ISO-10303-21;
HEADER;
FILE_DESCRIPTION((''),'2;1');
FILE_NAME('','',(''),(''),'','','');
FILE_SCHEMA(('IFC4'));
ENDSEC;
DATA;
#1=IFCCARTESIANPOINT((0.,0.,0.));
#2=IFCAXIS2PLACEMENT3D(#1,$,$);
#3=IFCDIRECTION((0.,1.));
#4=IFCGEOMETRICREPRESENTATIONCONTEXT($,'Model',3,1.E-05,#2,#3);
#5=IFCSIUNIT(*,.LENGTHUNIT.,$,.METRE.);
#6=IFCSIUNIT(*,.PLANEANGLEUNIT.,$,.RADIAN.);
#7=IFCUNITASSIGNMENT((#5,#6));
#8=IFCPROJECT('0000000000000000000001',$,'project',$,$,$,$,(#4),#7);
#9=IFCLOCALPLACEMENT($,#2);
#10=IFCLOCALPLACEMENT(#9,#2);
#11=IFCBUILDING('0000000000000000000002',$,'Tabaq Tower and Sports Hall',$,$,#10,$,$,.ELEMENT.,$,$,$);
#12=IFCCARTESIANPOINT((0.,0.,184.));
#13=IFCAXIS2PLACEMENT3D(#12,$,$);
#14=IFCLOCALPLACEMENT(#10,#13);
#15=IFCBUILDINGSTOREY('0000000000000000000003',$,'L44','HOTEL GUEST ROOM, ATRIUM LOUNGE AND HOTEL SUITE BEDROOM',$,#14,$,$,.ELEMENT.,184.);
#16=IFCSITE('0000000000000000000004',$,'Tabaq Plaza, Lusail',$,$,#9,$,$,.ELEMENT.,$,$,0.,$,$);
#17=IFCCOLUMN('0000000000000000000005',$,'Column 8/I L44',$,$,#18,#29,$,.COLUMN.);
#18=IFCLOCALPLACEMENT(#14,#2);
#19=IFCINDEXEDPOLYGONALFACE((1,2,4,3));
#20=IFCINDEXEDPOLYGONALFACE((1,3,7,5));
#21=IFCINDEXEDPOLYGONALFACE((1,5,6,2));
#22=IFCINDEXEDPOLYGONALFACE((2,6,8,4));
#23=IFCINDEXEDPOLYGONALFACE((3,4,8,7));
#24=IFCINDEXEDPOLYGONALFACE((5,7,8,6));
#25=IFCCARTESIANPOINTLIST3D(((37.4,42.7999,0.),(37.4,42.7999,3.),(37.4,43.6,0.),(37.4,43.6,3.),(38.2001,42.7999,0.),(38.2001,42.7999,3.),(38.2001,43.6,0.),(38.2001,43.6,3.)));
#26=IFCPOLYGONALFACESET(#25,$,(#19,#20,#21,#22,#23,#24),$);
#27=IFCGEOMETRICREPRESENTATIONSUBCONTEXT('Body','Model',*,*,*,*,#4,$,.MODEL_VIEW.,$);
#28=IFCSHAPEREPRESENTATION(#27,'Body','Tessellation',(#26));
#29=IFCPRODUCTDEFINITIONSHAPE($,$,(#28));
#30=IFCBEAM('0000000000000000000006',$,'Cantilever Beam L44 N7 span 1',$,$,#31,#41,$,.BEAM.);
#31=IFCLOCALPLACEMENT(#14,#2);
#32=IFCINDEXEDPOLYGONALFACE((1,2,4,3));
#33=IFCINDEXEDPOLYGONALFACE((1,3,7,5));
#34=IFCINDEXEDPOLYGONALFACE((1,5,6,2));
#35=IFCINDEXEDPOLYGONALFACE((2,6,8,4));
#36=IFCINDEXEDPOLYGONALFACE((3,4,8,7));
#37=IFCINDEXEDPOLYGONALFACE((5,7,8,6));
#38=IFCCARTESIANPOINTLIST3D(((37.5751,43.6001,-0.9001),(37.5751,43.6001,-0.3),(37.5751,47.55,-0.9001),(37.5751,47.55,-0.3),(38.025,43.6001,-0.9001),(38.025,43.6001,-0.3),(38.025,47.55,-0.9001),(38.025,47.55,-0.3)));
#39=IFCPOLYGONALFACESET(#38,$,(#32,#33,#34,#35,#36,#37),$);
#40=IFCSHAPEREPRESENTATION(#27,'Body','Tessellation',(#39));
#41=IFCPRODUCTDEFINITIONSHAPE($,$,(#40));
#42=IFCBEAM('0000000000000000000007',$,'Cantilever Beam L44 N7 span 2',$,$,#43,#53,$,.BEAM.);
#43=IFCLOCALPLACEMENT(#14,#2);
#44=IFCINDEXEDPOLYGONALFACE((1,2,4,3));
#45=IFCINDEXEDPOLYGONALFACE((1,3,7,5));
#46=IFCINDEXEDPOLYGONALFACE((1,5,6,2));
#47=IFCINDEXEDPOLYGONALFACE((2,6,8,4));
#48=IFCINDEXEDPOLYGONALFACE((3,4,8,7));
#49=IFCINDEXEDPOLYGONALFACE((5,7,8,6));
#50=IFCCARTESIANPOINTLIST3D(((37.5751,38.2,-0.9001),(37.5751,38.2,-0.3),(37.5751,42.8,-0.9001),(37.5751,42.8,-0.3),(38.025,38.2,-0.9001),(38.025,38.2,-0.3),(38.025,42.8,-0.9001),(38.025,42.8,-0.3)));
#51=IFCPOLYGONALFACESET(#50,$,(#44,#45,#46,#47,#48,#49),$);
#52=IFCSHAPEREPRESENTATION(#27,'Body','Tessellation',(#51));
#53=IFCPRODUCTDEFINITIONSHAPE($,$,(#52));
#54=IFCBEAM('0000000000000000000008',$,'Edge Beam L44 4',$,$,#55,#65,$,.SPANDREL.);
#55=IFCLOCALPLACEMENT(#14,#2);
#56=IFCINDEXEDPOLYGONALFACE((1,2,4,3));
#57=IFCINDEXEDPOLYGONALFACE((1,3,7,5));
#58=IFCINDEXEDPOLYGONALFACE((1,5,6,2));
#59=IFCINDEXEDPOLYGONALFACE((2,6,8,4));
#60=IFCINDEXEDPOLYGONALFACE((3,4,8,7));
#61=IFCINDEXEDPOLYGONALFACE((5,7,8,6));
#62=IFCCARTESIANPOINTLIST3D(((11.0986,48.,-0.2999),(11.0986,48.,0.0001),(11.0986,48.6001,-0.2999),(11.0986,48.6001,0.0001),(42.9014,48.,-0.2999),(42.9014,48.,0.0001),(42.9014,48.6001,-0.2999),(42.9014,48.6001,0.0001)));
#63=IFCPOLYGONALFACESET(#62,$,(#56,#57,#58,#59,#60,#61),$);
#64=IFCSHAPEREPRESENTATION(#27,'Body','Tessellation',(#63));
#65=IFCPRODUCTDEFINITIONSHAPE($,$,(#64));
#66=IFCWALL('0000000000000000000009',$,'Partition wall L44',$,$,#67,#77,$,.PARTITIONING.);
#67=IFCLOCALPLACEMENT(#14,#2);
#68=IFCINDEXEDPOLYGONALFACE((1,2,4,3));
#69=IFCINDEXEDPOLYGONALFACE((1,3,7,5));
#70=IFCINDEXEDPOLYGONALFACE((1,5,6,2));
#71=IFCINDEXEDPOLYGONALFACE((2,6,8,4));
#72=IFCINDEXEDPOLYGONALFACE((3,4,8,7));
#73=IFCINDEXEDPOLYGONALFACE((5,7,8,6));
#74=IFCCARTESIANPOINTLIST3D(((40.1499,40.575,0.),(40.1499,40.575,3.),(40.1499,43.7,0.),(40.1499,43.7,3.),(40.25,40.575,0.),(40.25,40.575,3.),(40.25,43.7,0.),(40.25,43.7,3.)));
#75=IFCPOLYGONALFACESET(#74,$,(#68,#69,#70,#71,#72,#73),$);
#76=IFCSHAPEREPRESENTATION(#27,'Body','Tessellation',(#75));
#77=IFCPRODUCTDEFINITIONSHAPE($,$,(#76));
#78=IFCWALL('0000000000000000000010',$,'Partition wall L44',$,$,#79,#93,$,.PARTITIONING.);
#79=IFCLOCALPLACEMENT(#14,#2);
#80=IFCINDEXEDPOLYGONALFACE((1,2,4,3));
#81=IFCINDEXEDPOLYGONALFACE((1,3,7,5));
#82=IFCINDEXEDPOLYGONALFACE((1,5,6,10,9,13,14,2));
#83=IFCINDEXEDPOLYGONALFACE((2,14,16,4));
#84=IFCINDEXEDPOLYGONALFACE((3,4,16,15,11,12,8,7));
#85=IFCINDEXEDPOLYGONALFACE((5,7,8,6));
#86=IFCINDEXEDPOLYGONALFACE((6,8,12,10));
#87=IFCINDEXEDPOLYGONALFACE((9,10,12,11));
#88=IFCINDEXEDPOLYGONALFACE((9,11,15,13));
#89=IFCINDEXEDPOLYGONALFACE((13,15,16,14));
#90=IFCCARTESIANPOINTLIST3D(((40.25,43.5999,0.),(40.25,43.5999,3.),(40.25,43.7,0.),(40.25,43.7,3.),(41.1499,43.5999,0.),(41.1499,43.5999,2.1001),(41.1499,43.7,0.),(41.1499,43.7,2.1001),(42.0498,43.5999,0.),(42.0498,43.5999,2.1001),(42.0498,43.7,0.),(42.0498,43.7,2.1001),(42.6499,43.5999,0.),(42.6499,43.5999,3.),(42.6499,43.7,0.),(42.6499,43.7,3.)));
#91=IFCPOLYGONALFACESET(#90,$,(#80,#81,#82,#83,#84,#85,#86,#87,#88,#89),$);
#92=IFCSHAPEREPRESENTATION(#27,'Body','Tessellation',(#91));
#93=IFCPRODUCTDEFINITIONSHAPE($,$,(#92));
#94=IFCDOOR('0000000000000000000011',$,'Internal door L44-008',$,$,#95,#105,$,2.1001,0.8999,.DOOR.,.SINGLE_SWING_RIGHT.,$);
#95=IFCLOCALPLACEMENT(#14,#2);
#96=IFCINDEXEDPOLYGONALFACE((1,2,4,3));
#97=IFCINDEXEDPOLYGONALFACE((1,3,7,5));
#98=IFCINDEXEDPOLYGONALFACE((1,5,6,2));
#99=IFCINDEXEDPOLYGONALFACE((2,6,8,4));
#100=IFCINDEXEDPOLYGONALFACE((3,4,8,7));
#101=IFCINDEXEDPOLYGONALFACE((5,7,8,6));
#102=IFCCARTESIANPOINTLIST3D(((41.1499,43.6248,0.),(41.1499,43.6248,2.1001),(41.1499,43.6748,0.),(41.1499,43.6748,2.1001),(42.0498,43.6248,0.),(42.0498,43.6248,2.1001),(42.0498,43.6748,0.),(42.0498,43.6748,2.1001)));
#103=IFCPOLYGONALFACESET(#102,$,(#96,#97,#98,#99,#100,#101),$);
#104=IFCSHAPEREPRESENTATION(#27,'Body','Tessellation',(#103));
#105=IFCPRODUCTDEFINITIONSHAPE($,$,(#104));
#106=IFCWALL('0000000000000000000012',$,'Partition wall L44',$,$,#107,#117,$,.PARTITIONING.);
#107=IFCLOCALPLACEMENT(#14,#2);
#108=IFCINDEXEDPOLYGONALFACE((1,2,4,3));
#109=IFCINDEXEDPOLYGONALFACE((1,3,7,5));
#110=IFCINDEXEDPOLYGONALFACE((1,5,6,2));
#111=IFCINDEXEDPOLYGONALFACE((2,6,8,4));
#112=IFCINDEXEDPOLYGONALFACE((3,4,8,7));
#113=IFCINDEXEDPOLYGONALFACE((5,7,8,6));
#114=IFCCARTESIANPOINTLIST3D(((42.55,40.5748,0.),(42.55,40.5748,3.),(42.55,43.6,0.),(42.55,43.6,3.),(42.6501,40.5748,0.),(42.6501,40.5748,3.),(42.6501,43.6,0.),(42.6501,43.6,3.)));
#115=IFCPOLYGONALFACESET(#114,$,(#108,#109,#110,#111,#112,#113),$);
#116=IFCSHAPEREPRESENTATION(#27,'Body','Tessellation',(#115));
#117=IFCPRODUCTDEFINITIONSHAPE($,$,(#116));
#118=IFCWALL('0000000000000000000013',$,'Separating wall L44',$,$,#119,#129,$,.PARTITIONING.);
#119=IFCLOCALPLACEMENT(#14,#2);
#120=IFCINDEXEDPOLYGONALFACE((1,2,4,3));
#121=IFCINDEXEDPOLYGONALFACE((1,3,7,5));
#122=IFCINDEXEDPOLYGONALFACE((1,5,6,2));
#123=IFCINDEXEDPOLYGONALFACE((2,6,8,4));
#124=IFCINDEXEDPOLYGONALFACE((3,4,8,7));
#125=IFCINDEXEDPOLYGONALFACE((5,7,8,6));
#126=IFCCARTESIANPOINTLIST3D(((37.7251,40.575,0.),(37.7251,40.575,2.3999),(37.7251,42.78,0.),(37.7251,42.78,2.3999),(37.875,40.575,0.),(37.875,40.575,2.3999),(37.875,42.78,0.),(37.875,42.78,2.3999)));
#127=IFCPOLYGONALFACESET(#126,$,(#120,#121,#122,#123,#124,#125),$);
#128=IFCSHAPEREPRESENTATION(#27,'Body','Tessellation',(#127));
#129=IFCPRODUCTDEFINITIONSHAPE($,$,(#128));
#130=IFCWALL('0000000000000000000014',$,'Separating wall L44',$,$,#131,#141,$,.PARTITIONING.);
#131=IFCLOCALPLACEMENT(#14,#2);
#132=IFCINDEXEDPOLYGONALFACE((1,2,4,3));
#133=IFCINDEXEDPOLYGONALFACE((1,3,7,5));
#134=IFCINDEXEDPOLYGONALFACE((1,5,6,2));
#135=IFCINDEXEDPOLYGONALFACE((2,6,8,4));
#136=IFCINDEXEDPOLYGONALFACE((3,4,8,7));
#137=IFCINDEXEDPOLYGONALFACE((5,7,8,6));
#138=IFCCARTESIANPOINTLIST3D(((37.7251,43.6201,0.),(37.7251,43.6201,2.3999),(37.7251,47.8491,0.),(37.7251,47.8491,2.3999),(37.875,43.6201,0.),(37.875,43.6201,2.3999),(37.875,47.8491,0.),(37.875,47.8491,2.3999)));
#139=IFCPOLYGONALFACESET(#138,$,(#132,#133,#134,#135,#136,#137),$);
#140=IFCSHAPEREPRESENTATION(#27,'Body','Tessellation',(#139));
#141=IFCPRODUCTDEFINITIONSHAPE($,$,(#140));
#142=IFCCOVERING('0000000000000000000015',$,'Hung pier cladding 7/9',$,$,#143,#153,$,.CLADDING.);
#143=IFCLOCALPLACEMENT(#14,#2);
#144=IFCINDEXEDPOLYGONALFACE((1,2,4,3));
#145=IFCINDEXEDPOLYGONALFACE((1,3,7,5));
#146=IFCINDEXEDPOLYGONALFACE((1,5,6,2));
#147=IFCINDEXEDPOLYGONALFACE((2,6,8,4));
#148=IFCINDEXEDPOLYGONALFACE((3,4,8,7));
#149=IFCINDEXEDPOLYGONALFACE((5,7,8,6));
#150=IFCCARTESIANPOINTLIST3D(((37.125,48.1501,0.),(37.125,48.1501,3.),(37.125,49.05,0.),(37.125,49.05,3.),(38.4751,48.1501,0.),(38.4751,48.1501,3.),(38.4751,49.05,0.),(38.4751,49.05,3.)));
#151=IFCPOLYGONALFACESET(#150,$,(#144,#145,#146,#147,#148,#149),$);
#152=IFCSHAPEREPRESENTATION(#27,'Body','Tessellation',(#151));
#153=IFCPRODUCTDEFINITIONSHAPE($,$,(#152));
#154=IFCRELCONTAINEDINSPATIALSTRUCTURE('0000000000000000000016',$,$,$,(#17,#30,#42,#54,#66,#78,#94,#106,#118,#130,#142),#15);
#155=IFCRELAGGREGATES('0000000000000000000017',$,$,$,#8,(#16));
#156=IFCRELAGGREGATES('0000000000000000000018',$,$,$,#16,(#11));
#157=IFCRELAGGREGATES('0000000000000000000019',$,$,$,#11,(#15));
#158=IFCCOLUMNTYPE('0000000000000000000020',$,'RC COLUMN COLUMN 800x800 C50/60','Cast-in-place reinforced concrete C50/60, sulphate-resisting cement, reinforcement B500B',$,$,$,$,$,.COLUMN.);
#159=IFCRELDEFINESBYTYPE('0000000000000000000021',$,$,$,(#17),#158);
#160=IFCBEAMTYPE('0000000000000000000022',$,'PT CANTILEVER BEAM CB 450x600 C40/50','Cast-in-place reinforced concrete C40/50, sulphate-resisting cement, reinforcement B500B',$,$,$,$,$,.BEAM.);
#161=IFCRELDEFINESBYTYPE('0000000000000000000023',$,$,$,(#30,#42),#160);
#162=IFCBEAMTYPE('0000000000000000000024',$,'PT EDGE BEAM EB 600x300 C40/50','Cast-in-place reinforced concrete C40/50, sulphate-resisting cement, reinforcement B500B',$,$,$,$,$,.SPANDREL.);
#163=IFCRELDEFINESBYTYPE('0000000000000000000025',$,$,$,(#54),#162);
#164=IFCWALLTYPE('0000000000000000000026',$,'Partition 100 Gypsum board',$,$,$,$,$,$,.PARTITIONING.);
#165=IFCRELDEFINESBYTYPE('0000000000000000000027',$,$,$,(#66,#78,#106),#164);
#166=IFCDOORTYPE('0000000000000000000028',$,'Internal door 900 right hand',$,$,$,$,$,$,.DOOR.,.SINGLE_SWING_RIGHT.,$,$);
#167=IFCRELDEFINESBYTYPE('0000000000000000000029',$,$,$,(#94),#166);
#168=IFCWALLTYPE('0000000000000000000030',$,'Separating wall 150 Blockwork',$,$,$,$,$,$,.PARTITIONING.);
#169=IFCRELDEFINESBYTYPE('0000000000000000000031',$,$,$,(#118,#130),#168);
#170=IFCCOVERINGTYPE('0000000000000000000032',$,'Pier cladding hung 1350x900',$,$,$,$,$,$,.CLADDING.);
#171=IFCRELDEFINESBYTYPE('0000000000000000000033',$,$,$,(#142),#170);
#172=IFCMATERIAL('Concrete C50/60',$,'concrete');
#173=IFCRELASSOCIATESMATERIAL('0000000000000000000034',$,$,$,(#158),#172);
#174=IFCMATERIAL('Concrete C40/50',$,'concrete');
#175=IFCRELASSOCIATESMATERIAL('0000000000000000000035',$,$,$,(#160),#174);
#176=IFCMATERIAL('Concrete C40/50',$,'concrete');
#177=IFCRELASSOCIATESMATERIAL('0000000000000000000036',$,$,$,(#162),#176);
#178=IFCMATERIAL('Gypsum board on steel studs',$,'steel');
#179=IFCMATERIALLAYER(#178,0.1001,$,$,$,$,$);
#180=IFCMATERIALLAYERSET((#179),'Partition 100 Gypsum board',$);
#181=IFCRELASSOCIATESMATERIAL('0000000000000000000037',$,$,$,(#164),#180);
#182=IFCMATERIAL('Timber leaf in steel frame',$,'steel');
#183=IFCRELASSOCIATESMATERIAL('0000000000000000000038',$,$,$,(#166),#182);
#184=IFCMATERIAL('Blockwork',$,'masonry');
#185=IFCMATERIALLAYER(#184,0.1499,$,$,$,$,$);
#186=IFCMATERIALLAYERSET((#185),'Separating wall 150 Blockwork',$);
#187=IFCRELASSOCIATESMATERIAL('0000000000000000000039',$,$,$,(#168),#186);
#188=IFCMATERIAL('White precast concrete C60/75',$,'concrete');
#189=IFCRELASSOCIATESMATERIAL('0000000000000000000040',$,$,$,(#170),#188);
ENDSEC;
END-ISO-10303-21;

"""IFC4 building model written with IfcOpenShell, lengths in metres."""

from ifc_helpers import new_model, si_unit, direction, frame, frame_2d, origin, origin_2d, place, context, subcontext, project, spatial, rectangle, extrude, material, layer, layer_set, material_profile, profile_set, type_object, element, fill, save


model = new_model("IFC4")

# Units and contexts
model_context = context("Model", 3, precision=1e-05, world=origin(), true_north=direction((0.0, 1.0)))
body_context = subcontext(model_context, "Body", "Model", "MODEL_VIEW")
ifc_project = project(units=[si_unit("LENGTHUNIT", "METRE"), si_unit("PLANEANGLEUNIT", "RADIAN")], contexts=[model_context])

# Site, building, storey
site_placement = place(None, origin())
site = spatial("IfcSite", under=ifc_project, at=site_placement, Name="Tabaq Plaza, Lusail", CompositionType="ELEMENT", RefElevation=0.0)
building_placement = place(site_placement, origin())
building = spatial("IfcBuilding", under=site, at=building_placement, Name="Tabaq Tower and Sports Hall", CompositionType="ELEMENT")
storey_placement = place(building_placement, frame((0.0, 0.0, 184.0)))
storey = spatial("IfcBuildingStorey", under=building, at=storey_placement, Name="L44", Description="HOTEL GUEST ROOM, ATRIUM LOUNGE AND HOTEL SUITE BEDROOM", CompositionType="ELEMENT", Elevation=184.0)

# Column
ifc_material_1 = material(Name="Concrete C50/60", Category="concrete")
ifc_material_profile_1 = material_profile(ifc_material_1, rectangle(XDim=0.8, YDim=0.8, at=origin_2d()), Name="COLUMN 800x800")
ifc_profile_set_1 = profile_set([ifc_material_profile_1], Name="Concrete C50/60")
column_type = type_object("IfcColumnType", Name="RC COLUMN COLUMN 800x800 C50/60", Description="Cast-in-place reinforced concrete C50/60, sulphate-resisting cement, reinforcement B500B", PredefinedType="COLUMN", material=ifc_profile_set_1)
column_placement = place(storey_placement, frame((37.8, 43.2, 0.0), z_axis=(0.0, 0.0, 1.0), x_axis=(1.0, 0.0, 0.0)))
element("IfcColumn", 1, at=column_placement, inside=storey, type_object=column_type, Name="Column 8/I L44", PredefinedType="COLUMN", context=body_context, shape_type="SweptSolid", body=[
    extrude(rectangle(XDim=0.8, YDim=0.8, at=origin_2d()), origin(), (0.0, 0.0, 1.0), 3.0),
])

# Beams
ifc_material_2 = material(Name="Concrete C40/50", Category="concrete")
ifc_material_profile_2 = material_profile(ifc_material_2, rectangle(XDim=0.45, YDim=0.6001, at=origin_2d()), Name="CB 450x600")
ifc_profile_set_2 = profile_set([ifc_material_profile_2], Name="Concrete C40/50")
beam_type_1 = type_object("IfcBeamType", Name="PT CANTILEVER BEAM CB 450x600 C40/50", Description="Cast-in-place reinforced concrete C40/50, sulphate-resisting cement, reinforcement B500B", PredefinedType="BEAM", material=ifc_profile_set_2)
beam_1_placement = place(storey_placement, frame((37.8, 47.55, -0.6001), z_axis=(0.0, -1.0, 0.0), x_axis=(1.0, 0.0, 0.0)))
element("IfcBeam", 2, at=beam_1_placement, inside=storey, type_object=beam_type_1, Name="Cantilever Beam L44 N7 span 1", PredefinedType="BEAM", context=body_context, shape_type="SweptSolid", body=[
    extrude(rectangle(XDim=0.45, YDim=0.6001, at=origin_2d()), origin(), (0.0, 0.0, 1.0), 3.95),
])
beam_2_placement = place(storey_placement, frame((37.8, 42.8, -0.6001), z_axis=(0.0, -1.0, 0.0), x_axis=(1.0, 0.0, 0.0)))
element("IfcBeam", 3, at=beam_2_placement, inside=storey, type_object=beam_type_1, Name="Cantilever Beam L44 N7 span 2", PredefinedType="BEAM", context=body_context, shape_type="SweptSolid", body=[
    extrude(rectangle(XDim=0.45, YDim=0.6001, at=origin_2d()), origin(), (0.0, 0.0, 1.0), 4.6001),
])
ifc_material_3 = material(Name="Concrete C40/50", Category="concrete")
ifc_material_profile_3 = material_profile(ifc_material_3, rectangle(XDim=0.6001, YDim=0.3, at=origin_2d()), Name="EB 600x300")
ifc_profile_set_3 = profile_set([ifc_material_profile_3], Name="Concrete C40/50")
beam_type_2 = type_object("IfcBeamType", Name="PT EDGE BEAM EB 600x300 C40/50", Description="Cast-in-place reinforced concrete C40/50, sulphate-resisting cement, reinforcement B500B", PredefinedType="SPANDREL", material=ifc_profile_set_3)
beam_3_placement = place(storey_placement, frame((42.9014, 48.3, -0.1499), z_axis=(-1.0, 0.0, 0.0), x_axis=(0.0, -1.0, 0.0)))
element("IfcBeam", 4, at=beam_3_placement, inside=storey, type_object=beam_type_2, Name="Edge Beam L44 4", PredefinedType="SPANDREL", context=body_context, shape_type="SweptSolid", body=[
    extrude(rectangle(XDim=0.6001, YDim=0.3, at=origin_2d()), origin(), (0.0, 0.0, 1.0), 31.8027),
])

# Wall
ifc_material_4 = material(Name="Gypsum board on steel studs", Category="steel")
ifc_layer_1 = layer(ifc_material_4, 0.1001)
ifc_layer_set_1 = layer_set([ifc_layer_1], Name="Partition 100 Gypsum board")
wall_type_1 = type_object("IfcWallType", Name="Partition 100 Gypsum board", PredefinedType="PARTITIONING", material=ifc_layer_set_1)
wall_1_placement = place(storey_placement, frame((40.2, 40.575, 0.0), z_axis=(0.0, 0.0, 1.0), x_axis=(0.0, 1.0, 0.0)))
element("IfcWall", 5, at=wall_1_placement, inside=storey, type_object=wall_type_1, Name="Partition wall L44", PredefinedType="PARTITIONING", context=body_context, shape_type="SweptSolid", body=[
    extrude(rectangle(XDim=3.125, YDim=0.1001, at=frame_2d((1.5625, 0.0))), origin(), (0.0, 0.0, 1.0), 3.0),
])

# Wall, opening, door
wall_2_placement = place(storey_placement, frame((40.25, 43.6499, 0.0), z_axis=(0.0, 0.0, 1.0), x_axis=(1.0, 0.0, 0.0)))
wall_2 = element("IfcWall", 6, at=wall_2_placement, inside=storey, type_object=wall_type_1, Name="Partition wall L44", PredefinedType="PARTITIONING", context=body_context, shape_type="SweptSolid", body=[
    extrude(rectangle(XDim=2.3999, YDim=0.1001, at=frame_2d((1.2, 0.0))), origin(), (0.0, 0.0, 1.0), 3.0),
])
opening_placement = place(wall_2_placement, frame((0.8999, 0.0, 0.0)))
opening = element("IfcOpeningElement", 7, at=opening_placement, cuts=wall_2, PredefinedType="OPENING", context=body_context, shape_type="SweptSolid", body=[
    extrude(rectangle(XDim=0.8999, YDim=2.1001, at=frame_2d((0.45, 1.05))), frame((0.0, 0.05, 0.0), z_axis=(0.0, -1.0, 0.0), x_axis=(1.0, 0.0, 0.0)), (0.0, 0.0, 1.0), 0.1001),
])
ifc_material_5 = material(Name="Timber leaf in steel frame", Category="steel")
door_type = type_object("IfcDoorType", Name="Internal door 900 right hand", OperationType="SINGLE_SWING_RIGHT", PredefinedType="DOOR", material=ifc_material_5)
door_placement = place(opening_placement, origin())
door = element("IfcDoor", 8, at=door_placement, inside=storey, type_object=door_type, Name="Internal door L44-008", OperationType="SINGLE_SWING_RIGHT", OverallHeight=2.1001, OverallWidth=0.8999, PredefinedType="DOOR", context=body_context, shape_type="SweptSolid", body=[
    extrude(rectangle(XDim=0.8999, YDim=2.1001, at=frame_2d((0.45, 1.05))), frame((0.0, 0.0249, 0.0), z_axis=(0.0, -1.0, 0.0), x_axis=(1.0, 0.0, 0.0)), (0.0, 0.0, 1.0), 0.05),
])
fill(opening, door)

# Walls
wall_3_placement = place(storey_placement, frame((42.6001, 43.6001, 0.0), z_axis=(0.0, 0.0, 1.0), x_axis=(0.0, -1.0, 0.0)))
element("IfcWall", 9, at=wall_3_placement, inside=storey, type_object=wall_type_1, Name="Partition wall L44", PredefinedType="PARTITIONING", context=body_context, shape_type="SweptSolid", body=[
    extrude(rectangle(XDim=3.0251, YDim=0.1001, at=frame_2d((1.5127, 0.0))), origin(), (0.0, 0.0, 1.0), 3.0),
])
ifc_material_6 = material(Name="Blockwork", Category="masonry")
ifc_layer_2 = layer(ifc_material_6, 0.1499)
ifc_layer_set_2 = layer_set([ifc_layer_2], Name="Separating wall 150 Blockwork")
wall_type_2 = type_object("IfcWallType", Name="Separating wall 150 Blockwork", PredefinedType="PARTITIONING", material=ifc_layer_set_2)
wall_4_placement = place(storey_placement, frame((37.8, 40.575, 0.0), z_axis=(0.0, 0.0, 1.0), x_axis=(0.0, 1.0, 0.0)))
element("IfcWall", 10, at=wall_4_placement, inside=storey, type_object=wall_type_2, Name="Separating wall L44", PredefinedType="PARTITIONING", context=body_context, shape_type="SweptSolid", body=[
    extrude(rectangle(XDim=2.2051, YDim=0.1499, at=frame_2d((1.1025, 0.0))), origin(), (0.0, 0.0, 1.0), 2.3999),
])
wall_5_placement = place(storey_placement, frame((37.8, 43.6201, 0.0), z_axis=(0.0, 0.0, 1.0), x_axis=(0.0, 1.0, 0.0)))
element("IfcWall", 11, at=wall_5_placement, inside=storey, type_object=wall_type_2, Name="Separating wall L44", PredefinedType="PARTITIONING", context=body_context, shape_type="SweptSolid", body=[
    extrude(rectangle(XDim=4.229, YDim=0.1499, at=frame_2d((2.1145, 0.0))), origin(), (0.0, 0.0, 1.0), 2.3999),
])

# Covering
ifc_material_7 = material(Name="White precast concrete C60/75", Category="concrete")
covering_type = type_object("IfcCoveringType", Name="Pier cladding hung 1350x900", PredefinedType="CLADDING", material=ifc_material_7)
covering_placement = place(storey_placement, frame((38.4751, 48.6001, 0.0), z_axis=(0.0, 0.0, 1.0), x_axis=(-1.0, 0.0, 0.0)))
element("IfcCovering", 12, at=covering_placement, inside=storey, type_object=covering_type, Name="Hung pier cladding 7/9", PredefinedType="CLADDING", context=body_context, shape_type="SweptSolid", body=[
    extrude(rectangle(XDim=1.3501, YDim=0.8999, at=frame_2d((0.675, 0.0))), origin(), (0.0, 0.0, 1.0), 3.0),
])

save(model, "model.ifc")
